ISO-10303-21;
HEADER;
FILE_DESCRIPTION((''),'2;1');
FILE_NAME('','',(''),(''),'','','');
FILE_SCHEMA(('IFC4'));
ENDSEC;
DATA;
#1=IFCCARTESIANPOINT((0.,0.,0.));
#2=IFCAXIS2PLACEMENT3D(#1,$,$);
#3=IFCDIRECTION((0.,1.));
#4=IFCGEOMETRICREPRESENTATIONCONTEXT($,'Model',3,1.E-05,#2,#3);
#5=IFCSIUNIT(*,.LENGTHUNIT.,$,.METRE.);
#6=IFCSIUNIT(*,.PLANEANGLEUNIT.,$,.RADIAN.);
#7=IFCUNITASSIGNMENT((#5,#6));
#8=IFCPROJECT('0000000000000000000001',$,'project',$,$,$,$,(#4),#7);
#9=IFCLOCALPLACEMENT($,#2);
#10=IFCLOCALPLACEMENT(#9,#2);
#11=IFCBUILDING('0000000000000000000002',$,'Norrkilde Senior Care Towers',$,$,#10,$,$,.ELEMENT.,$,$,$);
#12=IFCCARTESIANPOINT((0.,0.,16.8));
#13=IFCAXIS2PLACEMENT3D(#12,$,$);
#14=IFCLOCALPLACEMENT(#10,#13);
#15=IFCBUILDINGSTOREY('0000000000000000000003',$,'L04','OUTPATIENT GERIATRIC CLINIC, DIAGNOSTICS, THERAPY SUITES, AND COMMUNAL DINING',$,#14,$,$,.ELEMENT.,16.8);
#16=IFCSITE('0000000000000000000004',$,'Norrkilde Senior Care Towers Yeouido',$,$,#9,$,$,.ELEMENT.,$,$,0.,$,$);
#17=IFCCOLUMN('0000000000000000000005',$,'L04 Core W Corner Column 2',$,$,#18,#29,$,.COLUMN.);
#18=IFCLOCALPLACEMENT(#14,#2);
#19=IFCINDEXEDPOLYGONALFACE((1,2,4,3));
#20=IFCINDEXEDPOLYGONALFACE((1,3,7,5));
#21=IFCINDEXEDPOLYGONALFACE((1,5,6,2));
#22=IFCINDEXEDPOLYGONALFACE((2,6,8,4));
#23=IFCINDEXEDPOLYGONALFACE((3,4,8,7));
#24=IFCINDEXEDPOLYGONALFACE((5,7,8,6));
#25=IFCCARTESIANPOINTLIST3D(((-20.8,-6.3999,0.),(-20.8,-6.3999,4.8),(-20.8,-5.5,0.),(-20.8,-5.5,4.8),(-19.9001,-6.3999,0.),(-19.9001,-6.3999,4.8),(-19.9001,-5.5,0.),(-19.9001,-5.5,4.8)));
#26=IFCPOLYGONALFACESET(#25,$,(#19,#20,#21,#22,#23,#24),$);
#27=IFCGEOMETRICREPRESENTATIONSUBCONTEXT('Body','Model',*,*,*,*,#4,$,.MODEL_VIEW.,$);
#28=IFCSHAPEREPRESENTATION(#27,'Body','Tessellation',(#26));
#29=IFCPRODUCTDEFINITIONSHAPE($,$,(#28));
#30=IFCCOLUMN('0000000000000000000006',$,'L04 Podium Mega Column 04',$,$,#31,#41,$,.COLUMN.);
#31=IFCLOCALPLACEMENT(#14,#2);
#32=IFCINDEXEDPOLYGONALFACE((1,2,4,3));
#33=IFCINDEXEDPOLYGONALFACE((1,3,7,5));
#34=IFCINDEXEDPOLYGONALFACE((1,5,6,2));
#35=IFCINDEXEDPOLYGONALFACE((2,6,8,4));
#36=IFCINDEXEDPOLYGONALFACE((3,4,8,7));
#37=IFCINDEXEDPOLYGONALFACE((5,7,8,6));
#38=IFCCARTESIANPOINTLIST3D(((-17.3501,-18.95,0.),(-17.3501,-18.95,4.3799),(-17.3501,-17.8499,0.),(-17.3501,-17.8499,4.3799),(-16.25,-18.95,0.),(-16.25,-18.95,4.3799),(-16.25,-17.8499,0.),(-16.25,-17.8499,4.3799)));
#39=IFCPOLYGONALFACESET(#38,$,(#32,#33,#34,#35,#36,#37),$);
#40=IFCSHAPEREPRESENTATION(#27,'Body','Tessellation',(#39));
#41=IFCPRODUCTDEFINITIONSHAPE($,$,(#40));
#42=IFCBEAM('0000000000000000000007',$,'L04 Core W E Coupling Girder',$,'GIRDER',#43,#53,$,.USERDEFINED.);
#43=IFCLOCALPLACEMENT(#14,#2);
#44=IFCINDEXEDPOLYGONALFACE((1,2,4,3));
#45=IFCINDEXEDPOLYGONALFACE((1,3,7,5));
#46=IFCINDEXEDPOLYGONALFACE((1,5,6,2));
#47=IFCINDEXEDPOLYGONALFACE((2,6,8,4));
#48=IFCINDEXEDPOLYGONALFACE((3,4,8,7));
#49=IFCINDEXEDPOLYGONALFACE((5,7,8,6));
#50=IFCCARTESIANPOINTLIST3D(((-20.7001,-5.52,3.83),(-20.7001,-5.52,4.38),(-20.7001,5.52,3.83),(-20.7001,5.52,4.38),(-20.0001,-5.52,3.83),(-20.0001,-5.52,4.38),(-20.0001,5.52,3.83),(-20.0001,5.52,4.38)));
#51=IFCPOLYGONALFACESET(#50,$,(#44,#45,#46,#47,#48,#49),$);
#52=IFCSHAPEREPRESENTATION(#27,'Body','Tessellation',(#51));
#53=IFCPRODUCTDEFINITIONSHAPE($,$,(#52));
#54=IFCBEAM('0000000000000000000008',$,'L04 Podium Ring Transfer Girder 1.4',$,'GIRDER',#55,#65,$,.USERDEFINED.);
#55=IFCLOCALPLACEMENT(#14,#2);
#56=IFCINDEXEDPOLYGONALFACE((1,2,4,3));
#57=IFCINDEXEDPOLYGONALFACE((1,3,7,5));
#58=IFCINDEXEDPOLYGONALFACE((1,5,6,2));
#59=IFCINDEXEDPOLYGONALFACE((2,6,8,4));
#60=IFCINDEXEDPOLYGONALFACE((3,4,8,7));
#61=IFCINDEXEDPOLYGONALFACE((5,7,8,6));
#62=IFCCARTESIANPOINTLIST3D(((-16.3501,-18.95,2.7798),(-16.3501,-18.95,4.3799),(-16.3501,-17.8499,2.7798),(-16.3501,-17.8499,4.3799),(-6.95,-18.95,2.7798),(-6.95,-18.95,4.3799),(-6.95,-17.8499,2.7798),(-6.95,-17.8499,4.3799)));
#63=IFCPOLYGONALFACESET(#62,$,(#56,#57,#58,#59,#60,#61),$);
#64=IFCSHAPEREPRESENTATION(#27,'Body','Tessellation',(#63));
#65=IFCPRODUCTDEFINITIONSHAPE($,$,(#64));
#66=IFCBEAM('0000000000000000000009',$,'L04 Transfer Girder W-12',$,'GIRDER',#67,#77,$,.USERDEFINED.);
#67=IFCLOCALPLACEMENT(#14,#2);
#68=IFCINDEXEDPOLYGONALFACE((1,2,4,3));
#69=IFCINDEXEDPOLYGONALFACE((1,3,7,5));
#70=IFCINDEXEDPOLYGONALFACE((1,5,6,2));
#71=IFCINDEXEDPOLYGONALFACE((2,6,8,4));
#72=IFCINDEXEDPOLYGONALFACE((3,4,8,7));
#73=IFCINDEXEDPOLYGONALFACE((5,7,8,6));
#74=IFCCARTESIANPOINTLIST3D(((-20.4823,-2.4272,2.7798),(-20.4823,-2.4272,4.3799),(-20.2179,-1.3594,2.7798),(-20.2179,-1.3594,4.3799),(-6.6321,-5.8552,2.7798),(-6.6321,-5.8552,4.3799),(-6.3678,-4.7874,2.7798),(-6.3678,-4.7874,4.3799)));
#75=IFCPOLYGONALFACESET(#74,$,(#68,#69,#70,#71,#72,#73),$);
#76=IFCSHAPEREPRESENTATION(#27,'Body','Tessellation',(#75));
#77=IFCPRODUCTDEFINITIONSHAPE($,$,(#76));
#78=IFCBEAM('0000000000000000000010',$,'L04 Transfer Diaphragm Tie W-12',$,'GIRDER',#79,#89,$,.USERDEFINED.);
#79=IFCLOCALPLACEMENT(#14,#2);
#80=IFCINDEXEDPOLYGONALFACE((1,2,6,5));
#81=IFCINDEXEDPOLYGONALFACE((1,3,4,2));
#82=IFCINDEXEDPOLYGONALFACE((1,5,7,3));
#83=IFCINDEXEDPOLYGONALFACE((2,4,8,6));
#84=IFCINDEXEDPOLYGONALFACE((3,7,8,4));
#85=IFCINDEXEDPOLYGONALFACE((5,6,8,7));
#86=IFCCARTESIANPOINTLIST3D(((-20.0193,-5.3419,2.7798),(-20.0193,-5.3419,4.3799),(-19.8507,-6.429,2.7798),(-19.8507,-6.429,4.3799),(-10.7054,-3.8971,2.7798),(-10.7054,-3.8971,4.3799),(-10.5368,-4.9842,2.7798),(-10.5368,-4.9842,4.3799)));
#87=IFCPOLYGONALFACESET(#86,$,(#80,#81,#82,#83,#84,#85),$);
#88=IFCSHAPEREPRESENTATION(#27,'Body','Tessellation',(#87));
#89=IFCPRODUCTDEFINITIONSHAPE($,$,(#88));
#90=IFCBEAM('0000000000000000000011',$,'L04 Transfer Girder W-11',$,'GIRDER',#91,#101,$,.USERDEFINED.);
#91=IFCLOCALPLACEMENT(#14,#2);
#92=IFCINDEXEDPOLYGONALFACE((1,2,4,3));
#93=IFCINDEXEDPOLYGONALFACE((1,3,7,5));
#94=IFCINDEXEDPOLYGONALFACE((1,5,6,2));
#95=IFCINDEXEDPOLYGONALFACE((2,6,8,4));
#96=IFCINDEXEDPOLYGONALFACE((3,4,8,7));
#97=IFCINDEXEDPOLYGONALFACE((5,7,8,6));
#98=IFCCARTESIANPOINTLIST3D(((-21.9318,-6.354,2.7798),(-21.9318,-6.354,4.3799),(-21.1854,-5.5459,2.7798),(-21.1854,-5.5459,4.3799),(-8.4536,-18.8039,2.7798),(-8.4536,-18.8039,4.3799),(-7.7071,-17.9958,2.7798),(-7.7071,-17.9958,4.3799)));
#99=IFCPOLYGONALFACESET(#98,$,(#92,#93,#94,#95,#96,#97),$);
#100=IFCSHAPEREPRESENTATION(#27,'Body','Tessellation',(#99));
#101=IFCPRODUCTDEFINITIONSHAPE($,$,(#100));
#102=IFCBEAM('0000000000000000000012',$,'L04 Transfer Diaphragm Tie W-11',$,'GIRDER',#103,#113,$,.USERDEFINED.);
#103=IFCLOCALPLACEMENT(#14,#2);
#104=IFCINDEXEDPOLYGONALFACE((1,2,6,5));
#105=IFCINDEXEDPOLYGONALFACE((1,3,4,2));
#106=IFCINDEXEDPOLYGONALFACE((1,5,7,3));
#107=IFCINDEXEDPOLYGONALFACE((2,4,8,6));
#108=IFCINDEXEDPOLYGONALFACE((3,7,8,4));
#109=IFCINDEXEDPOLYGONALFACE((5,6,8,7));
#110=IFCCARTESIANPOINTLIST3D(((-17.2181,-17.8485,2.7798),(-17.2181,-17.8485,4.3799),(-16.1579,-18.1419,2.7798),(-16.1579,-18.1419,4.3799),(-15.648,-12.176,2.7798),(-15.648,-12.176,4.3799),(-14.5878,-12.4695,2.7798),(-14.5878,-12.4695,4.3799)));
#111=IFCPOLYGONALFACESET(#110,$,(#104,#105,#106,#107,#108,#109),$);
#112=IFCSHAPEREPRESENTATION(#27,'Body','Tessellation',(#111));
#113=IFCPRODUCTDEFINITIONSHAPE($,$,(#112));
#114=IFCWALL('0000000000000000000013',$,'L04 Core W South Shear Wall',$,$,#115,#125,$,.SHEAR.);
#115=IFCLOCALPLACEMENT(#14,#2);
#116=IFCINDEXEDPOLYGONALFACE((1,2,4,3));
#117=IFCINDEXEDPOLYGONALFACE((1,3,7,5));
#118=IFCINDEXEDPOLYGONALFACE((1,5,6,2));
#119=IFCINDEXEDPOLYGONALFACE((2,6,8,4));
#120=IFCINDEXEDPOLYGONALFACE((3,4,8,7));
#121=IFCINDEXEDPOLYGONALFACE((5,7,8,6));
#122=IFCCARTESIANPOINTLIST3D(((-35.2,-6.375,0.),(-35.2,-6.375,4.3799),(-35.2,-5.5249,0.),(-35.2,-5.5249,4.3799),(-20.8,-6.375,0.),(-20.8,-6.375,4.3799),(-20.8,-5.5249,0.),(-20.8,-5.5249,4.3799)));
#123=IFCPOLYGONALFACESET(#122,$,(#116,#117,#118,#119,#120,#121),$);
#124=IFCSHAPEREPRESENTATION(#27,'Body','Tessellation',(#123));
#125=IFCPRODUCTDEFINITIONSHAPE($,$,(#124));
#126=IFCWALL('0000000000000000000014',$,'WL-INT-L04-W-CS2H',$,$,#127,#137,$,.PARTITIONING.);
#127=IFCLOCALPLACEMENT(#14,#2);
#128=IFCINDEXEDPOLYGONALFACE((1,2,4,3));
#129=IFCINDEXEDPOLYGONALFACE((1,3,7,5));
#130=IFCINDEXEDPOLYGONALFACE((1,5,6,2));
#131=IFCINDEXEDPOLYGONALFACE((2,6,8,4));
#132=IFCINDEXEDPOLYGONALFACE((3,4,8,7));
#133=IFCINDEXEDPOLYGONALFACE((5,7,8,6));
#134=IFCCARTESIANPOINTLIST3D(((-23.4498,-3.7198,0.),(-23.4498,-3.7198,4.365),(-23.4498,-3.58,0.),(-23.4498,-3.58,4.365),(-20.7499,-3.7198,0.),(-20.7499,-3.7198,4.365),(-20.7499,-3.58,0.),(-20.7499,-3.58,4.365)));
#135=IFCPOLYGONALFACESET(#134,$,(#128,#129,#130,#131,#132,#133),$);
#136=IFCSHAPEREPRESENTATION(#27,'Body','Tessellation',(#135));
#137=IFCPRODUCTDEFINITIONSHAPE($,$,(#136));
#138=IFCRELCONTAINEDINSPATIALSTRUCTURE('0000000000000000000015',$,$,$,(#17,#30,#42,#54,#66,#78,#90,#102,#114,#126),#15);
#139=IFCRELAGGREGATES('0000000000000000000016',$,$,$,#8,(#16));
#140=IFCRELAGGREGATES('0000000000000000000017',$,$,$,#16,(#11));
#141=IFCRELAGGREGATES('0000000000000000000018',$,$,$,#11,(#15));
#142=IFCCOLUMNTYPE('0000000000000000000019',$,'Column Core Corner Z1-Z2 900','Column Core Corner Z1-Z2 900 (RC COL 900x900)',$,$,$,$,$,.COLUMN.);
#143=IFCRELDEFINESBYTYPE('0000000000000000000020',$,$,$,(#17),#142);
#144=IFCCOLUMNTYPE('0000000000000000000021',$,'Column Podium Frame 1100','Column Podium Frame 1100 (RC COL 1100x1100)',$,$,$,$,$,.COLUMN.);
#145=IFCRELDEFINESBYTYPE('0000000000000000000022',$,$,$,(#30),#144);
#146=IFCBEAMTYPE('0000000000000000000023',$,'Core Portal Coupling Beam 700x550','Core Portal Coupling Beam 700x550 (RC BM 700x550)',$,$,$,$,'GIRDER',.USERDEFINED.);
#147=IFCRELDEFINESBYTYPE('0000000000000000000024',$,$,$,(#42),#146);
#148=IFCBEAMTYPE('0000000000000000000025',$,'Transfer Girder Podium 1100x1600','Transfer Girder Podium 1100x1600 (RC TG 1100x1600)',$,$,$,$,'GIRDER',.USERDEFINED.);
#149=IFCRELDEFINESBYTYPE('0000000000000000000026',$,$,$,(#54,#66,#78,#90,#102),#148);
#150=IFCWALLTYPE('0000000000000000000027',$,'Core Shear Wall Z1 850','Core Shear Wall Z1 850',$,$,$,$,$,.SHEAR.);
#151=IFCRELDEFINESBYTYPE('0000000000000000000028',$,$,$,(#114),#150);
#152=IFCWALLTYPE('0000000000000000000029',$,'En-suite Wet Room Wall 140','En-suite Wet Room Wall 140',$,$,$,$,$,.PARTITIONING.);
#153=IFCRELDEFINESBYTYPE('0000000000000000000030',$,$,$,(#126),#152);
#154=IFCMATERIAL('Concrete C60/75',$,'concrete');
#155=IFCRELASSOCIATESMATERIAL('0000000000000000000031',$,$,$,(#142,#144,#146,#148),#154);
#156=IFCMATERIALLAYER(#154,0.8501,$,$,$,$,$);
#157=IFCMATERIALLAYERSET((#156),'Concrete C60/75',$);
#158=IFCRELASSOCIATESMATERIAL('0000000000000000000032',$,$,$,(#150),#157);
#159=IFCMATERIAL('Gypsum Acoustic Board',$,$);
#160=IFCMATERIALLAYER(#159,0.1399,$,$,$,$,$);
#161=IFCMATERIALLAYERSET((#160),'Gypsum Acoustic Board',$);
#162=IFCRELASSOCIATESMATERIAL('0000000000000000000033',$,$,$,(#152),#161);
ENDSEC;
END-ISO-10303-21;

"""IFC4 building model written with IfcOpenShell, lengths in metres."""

from ifc_helpers import new_model, si_unit, direction, frame, frame_2d, origin, origin_2d, place, context, subcontext, project, spatial, rectangle, extrude, source, transform, mapped, material, layer, layer_set, material_profile, profile_set, type_object, type_shapes, element, save


model = new_model("IFC4")

# Units and contexts
model_context = context("Model", 3, precision=1e-05, world=origin(), true_north=direction((0.0, 1.0)))
body_context = subcontext(model_context, "Body", "Model", "MODEL_VIEW")
ifc_project = project(units=[si_unit("LENGTHUNIT", "METRE"), si_unit("PLANEANGLEUNIT", "RADIAN")], contexts=[model_context])

# Site, building, storey
site_placement = place(None, origin())
site = spatial("IfcSite", under=ifc_project, at=site_placement, Name="Norrkilde Senior Care Towers Yeouido", CompositionType="ELEMENT", RefElevation=0.0)
building_placement = place(site_placement, origin())
building = spatial("IfcBuilding", under=site, at=building_placement, Name="Norrkilde Senior Care Towers", CompositionType="ELEMENT")
storey_placement = place(building_placement, frame((0.0, 0.0, 16.8)))
storey = spatial("IfcBuildingStorey", under=building, at=storey_placement, Name="L04", Description="OUTPATIENT GERIATRIC CLINIC, DIAGNOSTICS, THERAPY SUITES, AND COMMUNAL DINING", CompositionType="ELEMENT", Elevation=16.8)

# Columns
ifc_material_1 = material(Name="Concrete C60/75", Category="concrete")
ifc_material_profile_1 = material_profile(ifc_material_1, rectangle(XDim=0.8999, YDim=0.8999, at=origin_2d()), Name="RC COL 900x900")
ifc_profile_set_1 = profile_set([ifc_material_profile_1], Name="Concrete C60/75")
column_type_1 = type_object("IfcColumnType", Name="Column Core Corner Z1-Z2 900", Description="Column Core Corner Z1-Z2 900 (RC COL 900x900)", PredefinedType="COLUMN", material=ifc_profile_set_1)
shared_shape_1 = source(origin(), body_context, "Body", "SweptSolid", [
    extrude(rectangle(XDim=0.8999, YDim=0.8999, at=origin_2d()), origin(), (0.0, 0.0, 1.0), 4.8),
])
type_shapes(column_type_1, [shared_shape_1])
column_1_placement = place(storey_placement, frame((-20.3501, -5.95, 0.0), z_axis=(0.0, 0.0, 1.0), x_axis=(1.0, 0.0, 0.0)))
element("IfcColumn", 1, at=column_1_placement, inside=storey, type_object=column_type_1, Name="L04 Core W Corner Column 2", PredefinedType="COLUMN", context=body_context, shape_type="MappedRepresentation", body=[
    mapped(shared_shape_1, transform((0.0, 0.0, 0.0), x_axis=(1.0, 0.0, 0.0), y_axis=(0.0, 1.0, 0.0), z_axis=(0.0, 0.0, 1.0), scale=1.0)),
])
ifc_material_profile_2 = material_profile(ifc_material_1, rectangle(XDim=1.1001, YDim=1.1001, at=origin_2d()), Name="RC COL 1100x1100")
ifc_profile_set_2 = profile_set([ifc_material_profile_2], Name="Concrete C60/75")
column_type_2 = type_object("IfcColumnType", Name="Column Podium Frame 1100", Description="Column Podium Frame 1100 (RC COL 1100x1100)", PredefinedType="COLUMN", material=ifc_profile_set_2)
shared_shape_2 = source(origin(), body_context, "Body", "SweptSolid", [
    extrude(rectangle(XDim=1.1001, YDim=1.1001, at=origin_2d()), origin(), (0.0, 0.0, 1.0), 4.3799),
])
type_shapes(column_type_2, [shared_shape_2])
column_2_placement = place(storey_placement, frame((-16.8, -18.3999, 0.0), z_axis=(0.0, 0.0, 1.0), x_axis=(1.0, 0.0, 0.0)))
element("IfcColumn", 2, at=column_2_placement, inside=storey, type_object=column_type_2, Name="L04 Podium Mega Column 04", PredefinedType="COLUMN", context=body_context, shape_type="MappedRepresentation", body=[
    mapped(shared_shape_2, transform((0.0, 0.0, 0.0), x_axis=(1.0, 0.0, 0.0), y_axis=(0.0, 1.0, 0.0), z_axis=(0.0, 0.0, 1.0), scale=1.0)),
])

# Beams
ifc_material_profile_3 = material_profile(ifc_material_1, rectangle(XDim=0.7, YDim=0.55, at=origin_2d()), Name="RC BM 700x550")
ifc_profile_set_3 = profile_set([ifc_material_profile_3], Name="Concrete C60/75")
beam_type_1 = type_object("IfcBeamType", Name="Core Portal Coupling Beam 700x550", Description="Core Portal Coupling Beam 700x550 (RC BM 700x550)", ElementType="GIRDER", PredefinedType="USERDEFINED", material=ifc_profile_set_3)
shared_shape_3 = source(origin(), body_context, "Body", "SweptSolid", [
    extrude(rectangle(XDim=0.7, YDim=0.55, at=origin_2d()), origin(), (0.0, 0.0, 1.0), 11.04),
])
type_shapes(beam_type_1, [shared_shape_3])
beam_1_placement = place(storey_placement, frame((-20.3501, -5.52, 4.105), z_axis=(0.0, 1.0, 0.0), x_axis=(-1.0, 0.0, 0.0)))
element("IfcBeam", 3, at=beam_1_placement, inside=storey, type_object=beam_type_1, Name="L04 Core W E Coupling Girder", ObjectType="GIRDER", PredefinedType="USERDEFINED", context=body_context, shape_type="MappedRepresentation", body=[
    mapped(shared_shape_3, transform((0.0, 0.0, 0.0), x_axis=(1.0, 0.0, 0.0), y_axis=(0.0, 1.0, 0.0), z_axis=(0.0, 0.0, 1.0), scale=1.0)),
])
ifc_material_profile_4 = material_profile(ifc_material_1, rectangle(XDim=1.1001, YDim=1.6001, at=origin_2d()), Name="RC TG 1100x1600")
ifc_profile_set_4 = profile_set([ifc_material_profile_4], Name="Concrete C60/75")
beam_type_2 = type_object("IfcBeamType", Name="Transfer Girder Podium 1100x1600", Description="Transfer Girder Podium 1100x1600 (RC TG 1100x1600)", ElementType="GIRDER", PredefinedType="USERDEFINED", material=ifc_profile_set_4)
shared_shape_4 = source(origin(), body_context, "Body", "SweptSolid", [
    extrude(rectangle(XDim=1.1001, YDim=1.6001, at=origin_2d()), origin(), (0.0, 0.0, 1.0), 9.4001),
])
beam_2_placement = place(storey_placement, frame((-16.3501, -18.3999, 3.5798), z_axis=(1.0, 0.0, 0.0), x_axis=(0.0, 1.0, 0.0)))
element("IfcBeam", 4, at=beam_2_placement, inside=storey, type_object=beam_type_2, Name="L04 Podium Ring Transfer Girder 1.4", ObjectType="GIRDER", PredefinedType="USERDEFINED", context=body_context, shape_type="MappedRepresentation", body=[
    mapped(shared_shape_4, transform((0.0, 0.0, 0.0), x_axis=(1.0, 0.0, 0.0), y_axis=(0.0, 1.0, 0.0), z_axis=(0.0, 0.0, 1.0), scale=1.0)),
])
shared_shape_5 = source(origin(), body_context, "Body", "SweptSolid", [
    extrude(rectangle(XDim=1.1001, YDim=1.6001, at=origin_2d()), origin(), (0.0, 0.0, 1.0), 14.2681),
])
beam_3_placement = place(storey_placement, frame((-20.3501, -1.8933, 3.5798), z_axis=(0.97071, -0.240256, 0.0), x_axis=(0.240256, 0.97071, 0.0)))
element("IfcBeam", 5, at=beam_3_placement, inside=storey, type_object=beam_type_2, Name="L04 Transfer Girder W-12", ObjectType="GIRDER", PredefinedType="USERDEFINED", context=body_context, shape_type="MappedRepresentation", body=[
    mapped(shared_shape_5, transform((0.0, 0.0, 0.0), x_axis=(1.0, 0.0, 0.0), y_axis=(0.0, 1.0, 0.0), z_axis=(0.0, 0.0, 1.0), scale=1.0)),
])
shared_shape_6 = source(origin(), body_context, "Body", "SweptSolid", [
    extrude(rectangle(XDim=1.1001, YDim=1.6001, at=origin_2d()), origin(), (0.0, 0.0, 1.0), 9.4253),
])
beam_4_placement = place(storey_placement, frame((-10.6211, -4.4407, 3.5798), z_axis=(-0.988181, -0.153291, 0.0), x_axis=(0.153291, -0.988181, 0.0)))
element("IfcBeam", 6, at=beam_4_placement, inside=storey, type_object=beam_type_2, Name="L04 Transfer Diaphragm Tie W-12", ObjectType="GIRDER", PredefinedType="USERDEFINED", context=body_context, shape_type="MappedRepresentation", body=[
    mapped(shared_shape_6, transform((0.0, 0.0, 0.0), x_axis=(1.0, 0.0, 0.0), y_axis=(0.0, 1.0, 0.0), z_axis=(0.0, 0.0, 1.0), scale=1.0)),
])
shared_shape_7 = source(origin(), body_context, "Body", "SweptSolid", [
    extrude(rectangle(XDim=1.1001, YDim=1.6001, at=origin_2d()), origin(), (0.0, 0.0, 1.0), 18.3484),
])
beam_5_placement = place(storey_placement, frame((-21.5586, -5.95, 3.5798), z_axis=(0.734573, -0.678529, 0.0), x_axis=(0.678529, 0.734573, 0.0)))
element("IfcBeam", 7, at=beam_5_placement, inside=storey, type_object=beam_type_2, Name="L04 Transfer Girder W-11", ObjectType="GIRDER", PredefinedType="USERDEFINED", context=body_context, shape_type="MappedRepresentation", body=[
    mapped(shared_shape_7, transform((0.0, 0.0, 0.0), x_axis=(1.0, 0.0, 0.0), y_axis=(0.0, 1.0, 0.0), z_axis=(0.0, 0.0, 1.0), scale=1.0)),
])
shared_shape_8 = source(origin(), body_context, "Body", "SweptSolid", [
    extrude(rectangle(XDim=1.1001, YDim=1.6001, at=origin_2d()), origin(), (0.0, 0.0, 1.0), 5.8857),
])
type_shapes(beam_type_2, [shared_shape_4, shared_shape_5, shared_shape_6, shared_shape_7, shared_shape_8])
beam_6_placement = place(storey_placement, frame((-15.1179, -12.3228, 3.5798), z_axis=(-0.266762, -0.963762, 0.0), x_axis=(0.963762, -0.266762, 0.0)))
element("IfcBeam", 8, at=beam_6_placement, inside=storey, type_object=beam_type_2, Name="L04 Transfer Diaphragm Tie W-11", ObjectType="GIRDER", PredefinedType="USERDEFINED", context=body_context, shape_type="MappedRepresentation", body=[
    mapped(shared_shape_8, transform((0.0, 0.0, 0.0), x_axis=(1.0, 0.0, 0.0), y_axis=(0.0, 1.0, 0.0), z_axis=(0.0, 0.0, 1.0), scale=1.0)),
])

# Walls
ifc_layer_1 = layer(ifc_material_1, 0.8501)
ifc_layer_set_1 = layer_set([ifc_layer_1], Name="Concrete C60/75")
wall_type_1 = type_object("IfcWallType", Name="Core Shear Wall Z1 850", Description="Core Shear Wall Z1 850", PredefinedType="SHEAR", material=ifc_layer_set_1)
shared_shape_9 = source(origin(), body_context, "Body", "SweptSolid", [
    extrude(rectangle(XDim=14.3999, YDim=0.8501, at=frame_2d((7.2, 0.0))), origin(), (0.0, 0.0, 1.0), 4.3799),
])
type_shapes(wall_type_1, [shared_shape_9])
wall_1_placement = place(storey_placement, frame((-20.8, -5.95, 0.0), z_axis=(0.0, 0.0, 1.0), x_axis=(-1.0, 0.0, 0.0)))
element("IfcWall", 9, at=wall_1_placement, inside=storey, type_object=wall_type_1, Name="L04 Core W South Shear Wall", PredefinedType="SHEAR", context=body_context, shape_type="MappedRepresentation", body=[
    mapped(shared_shape_9, transform((0.0, 0.0, 0.0), x_axis=(1.0, 0.0, 0.0), y_axis=(0.0, 1.0, 0.0), z_axis=(0.0, 0.0, 1.0), scale=1.0)),
])
ifc_material_2 = material(Name="Gypsum Acoustic Board")
ifc_layer_2 = layer(ifc_material_2, 0.1399)
ifc_layer_set_2 = layer_set([ifc_layer_2], Name="Gypsum Acoustic Board")
wall_type_2 = type_object("IfcWallType", Name="En-suite Wet Room Wall 140", Description="En-suite Wet Room Wall 140", PredefinedType="PARTITIONING", material=ifc_layer_set_2)
shared_shape_10 = source(origin(), body_context, "Body", "SweptSolid", [
    extrude(rectangle(XDim=2.7, YDim=0.1399, at=frame_2d((1.3501, 0.0))), origin(), (0.0, 0.0, 1.0), 4.365),
])
type_shapes(wall_type_2, [shared_shape_10])
wall_2_placement = place(storey_placement, frame((-23.45, -3.6499, 0.0), z_axis=(0.0, 0.0, 1.0), x_axis=(1.0, 0.0, 0.0)))
element("IfcWall", 10, at=wall_2_placement, inside=storey, type_object=wall_type_2, Name="WL-INT-L04-W-CS2H", PredefinedType="PARTITIONING", context=body_context, shape_type="MappedRepresentation", body=[
    mapped(shared_shape_10, transform((0.0, 0.0, 0.0), x_axis=(1.0, 0.0, 0.0), y_axis=(0.0, 1.0, 0.0), z_axis=(0.0, 0.0, 1.0), scale=1.0)),
])

save(model, "model.ifc")
